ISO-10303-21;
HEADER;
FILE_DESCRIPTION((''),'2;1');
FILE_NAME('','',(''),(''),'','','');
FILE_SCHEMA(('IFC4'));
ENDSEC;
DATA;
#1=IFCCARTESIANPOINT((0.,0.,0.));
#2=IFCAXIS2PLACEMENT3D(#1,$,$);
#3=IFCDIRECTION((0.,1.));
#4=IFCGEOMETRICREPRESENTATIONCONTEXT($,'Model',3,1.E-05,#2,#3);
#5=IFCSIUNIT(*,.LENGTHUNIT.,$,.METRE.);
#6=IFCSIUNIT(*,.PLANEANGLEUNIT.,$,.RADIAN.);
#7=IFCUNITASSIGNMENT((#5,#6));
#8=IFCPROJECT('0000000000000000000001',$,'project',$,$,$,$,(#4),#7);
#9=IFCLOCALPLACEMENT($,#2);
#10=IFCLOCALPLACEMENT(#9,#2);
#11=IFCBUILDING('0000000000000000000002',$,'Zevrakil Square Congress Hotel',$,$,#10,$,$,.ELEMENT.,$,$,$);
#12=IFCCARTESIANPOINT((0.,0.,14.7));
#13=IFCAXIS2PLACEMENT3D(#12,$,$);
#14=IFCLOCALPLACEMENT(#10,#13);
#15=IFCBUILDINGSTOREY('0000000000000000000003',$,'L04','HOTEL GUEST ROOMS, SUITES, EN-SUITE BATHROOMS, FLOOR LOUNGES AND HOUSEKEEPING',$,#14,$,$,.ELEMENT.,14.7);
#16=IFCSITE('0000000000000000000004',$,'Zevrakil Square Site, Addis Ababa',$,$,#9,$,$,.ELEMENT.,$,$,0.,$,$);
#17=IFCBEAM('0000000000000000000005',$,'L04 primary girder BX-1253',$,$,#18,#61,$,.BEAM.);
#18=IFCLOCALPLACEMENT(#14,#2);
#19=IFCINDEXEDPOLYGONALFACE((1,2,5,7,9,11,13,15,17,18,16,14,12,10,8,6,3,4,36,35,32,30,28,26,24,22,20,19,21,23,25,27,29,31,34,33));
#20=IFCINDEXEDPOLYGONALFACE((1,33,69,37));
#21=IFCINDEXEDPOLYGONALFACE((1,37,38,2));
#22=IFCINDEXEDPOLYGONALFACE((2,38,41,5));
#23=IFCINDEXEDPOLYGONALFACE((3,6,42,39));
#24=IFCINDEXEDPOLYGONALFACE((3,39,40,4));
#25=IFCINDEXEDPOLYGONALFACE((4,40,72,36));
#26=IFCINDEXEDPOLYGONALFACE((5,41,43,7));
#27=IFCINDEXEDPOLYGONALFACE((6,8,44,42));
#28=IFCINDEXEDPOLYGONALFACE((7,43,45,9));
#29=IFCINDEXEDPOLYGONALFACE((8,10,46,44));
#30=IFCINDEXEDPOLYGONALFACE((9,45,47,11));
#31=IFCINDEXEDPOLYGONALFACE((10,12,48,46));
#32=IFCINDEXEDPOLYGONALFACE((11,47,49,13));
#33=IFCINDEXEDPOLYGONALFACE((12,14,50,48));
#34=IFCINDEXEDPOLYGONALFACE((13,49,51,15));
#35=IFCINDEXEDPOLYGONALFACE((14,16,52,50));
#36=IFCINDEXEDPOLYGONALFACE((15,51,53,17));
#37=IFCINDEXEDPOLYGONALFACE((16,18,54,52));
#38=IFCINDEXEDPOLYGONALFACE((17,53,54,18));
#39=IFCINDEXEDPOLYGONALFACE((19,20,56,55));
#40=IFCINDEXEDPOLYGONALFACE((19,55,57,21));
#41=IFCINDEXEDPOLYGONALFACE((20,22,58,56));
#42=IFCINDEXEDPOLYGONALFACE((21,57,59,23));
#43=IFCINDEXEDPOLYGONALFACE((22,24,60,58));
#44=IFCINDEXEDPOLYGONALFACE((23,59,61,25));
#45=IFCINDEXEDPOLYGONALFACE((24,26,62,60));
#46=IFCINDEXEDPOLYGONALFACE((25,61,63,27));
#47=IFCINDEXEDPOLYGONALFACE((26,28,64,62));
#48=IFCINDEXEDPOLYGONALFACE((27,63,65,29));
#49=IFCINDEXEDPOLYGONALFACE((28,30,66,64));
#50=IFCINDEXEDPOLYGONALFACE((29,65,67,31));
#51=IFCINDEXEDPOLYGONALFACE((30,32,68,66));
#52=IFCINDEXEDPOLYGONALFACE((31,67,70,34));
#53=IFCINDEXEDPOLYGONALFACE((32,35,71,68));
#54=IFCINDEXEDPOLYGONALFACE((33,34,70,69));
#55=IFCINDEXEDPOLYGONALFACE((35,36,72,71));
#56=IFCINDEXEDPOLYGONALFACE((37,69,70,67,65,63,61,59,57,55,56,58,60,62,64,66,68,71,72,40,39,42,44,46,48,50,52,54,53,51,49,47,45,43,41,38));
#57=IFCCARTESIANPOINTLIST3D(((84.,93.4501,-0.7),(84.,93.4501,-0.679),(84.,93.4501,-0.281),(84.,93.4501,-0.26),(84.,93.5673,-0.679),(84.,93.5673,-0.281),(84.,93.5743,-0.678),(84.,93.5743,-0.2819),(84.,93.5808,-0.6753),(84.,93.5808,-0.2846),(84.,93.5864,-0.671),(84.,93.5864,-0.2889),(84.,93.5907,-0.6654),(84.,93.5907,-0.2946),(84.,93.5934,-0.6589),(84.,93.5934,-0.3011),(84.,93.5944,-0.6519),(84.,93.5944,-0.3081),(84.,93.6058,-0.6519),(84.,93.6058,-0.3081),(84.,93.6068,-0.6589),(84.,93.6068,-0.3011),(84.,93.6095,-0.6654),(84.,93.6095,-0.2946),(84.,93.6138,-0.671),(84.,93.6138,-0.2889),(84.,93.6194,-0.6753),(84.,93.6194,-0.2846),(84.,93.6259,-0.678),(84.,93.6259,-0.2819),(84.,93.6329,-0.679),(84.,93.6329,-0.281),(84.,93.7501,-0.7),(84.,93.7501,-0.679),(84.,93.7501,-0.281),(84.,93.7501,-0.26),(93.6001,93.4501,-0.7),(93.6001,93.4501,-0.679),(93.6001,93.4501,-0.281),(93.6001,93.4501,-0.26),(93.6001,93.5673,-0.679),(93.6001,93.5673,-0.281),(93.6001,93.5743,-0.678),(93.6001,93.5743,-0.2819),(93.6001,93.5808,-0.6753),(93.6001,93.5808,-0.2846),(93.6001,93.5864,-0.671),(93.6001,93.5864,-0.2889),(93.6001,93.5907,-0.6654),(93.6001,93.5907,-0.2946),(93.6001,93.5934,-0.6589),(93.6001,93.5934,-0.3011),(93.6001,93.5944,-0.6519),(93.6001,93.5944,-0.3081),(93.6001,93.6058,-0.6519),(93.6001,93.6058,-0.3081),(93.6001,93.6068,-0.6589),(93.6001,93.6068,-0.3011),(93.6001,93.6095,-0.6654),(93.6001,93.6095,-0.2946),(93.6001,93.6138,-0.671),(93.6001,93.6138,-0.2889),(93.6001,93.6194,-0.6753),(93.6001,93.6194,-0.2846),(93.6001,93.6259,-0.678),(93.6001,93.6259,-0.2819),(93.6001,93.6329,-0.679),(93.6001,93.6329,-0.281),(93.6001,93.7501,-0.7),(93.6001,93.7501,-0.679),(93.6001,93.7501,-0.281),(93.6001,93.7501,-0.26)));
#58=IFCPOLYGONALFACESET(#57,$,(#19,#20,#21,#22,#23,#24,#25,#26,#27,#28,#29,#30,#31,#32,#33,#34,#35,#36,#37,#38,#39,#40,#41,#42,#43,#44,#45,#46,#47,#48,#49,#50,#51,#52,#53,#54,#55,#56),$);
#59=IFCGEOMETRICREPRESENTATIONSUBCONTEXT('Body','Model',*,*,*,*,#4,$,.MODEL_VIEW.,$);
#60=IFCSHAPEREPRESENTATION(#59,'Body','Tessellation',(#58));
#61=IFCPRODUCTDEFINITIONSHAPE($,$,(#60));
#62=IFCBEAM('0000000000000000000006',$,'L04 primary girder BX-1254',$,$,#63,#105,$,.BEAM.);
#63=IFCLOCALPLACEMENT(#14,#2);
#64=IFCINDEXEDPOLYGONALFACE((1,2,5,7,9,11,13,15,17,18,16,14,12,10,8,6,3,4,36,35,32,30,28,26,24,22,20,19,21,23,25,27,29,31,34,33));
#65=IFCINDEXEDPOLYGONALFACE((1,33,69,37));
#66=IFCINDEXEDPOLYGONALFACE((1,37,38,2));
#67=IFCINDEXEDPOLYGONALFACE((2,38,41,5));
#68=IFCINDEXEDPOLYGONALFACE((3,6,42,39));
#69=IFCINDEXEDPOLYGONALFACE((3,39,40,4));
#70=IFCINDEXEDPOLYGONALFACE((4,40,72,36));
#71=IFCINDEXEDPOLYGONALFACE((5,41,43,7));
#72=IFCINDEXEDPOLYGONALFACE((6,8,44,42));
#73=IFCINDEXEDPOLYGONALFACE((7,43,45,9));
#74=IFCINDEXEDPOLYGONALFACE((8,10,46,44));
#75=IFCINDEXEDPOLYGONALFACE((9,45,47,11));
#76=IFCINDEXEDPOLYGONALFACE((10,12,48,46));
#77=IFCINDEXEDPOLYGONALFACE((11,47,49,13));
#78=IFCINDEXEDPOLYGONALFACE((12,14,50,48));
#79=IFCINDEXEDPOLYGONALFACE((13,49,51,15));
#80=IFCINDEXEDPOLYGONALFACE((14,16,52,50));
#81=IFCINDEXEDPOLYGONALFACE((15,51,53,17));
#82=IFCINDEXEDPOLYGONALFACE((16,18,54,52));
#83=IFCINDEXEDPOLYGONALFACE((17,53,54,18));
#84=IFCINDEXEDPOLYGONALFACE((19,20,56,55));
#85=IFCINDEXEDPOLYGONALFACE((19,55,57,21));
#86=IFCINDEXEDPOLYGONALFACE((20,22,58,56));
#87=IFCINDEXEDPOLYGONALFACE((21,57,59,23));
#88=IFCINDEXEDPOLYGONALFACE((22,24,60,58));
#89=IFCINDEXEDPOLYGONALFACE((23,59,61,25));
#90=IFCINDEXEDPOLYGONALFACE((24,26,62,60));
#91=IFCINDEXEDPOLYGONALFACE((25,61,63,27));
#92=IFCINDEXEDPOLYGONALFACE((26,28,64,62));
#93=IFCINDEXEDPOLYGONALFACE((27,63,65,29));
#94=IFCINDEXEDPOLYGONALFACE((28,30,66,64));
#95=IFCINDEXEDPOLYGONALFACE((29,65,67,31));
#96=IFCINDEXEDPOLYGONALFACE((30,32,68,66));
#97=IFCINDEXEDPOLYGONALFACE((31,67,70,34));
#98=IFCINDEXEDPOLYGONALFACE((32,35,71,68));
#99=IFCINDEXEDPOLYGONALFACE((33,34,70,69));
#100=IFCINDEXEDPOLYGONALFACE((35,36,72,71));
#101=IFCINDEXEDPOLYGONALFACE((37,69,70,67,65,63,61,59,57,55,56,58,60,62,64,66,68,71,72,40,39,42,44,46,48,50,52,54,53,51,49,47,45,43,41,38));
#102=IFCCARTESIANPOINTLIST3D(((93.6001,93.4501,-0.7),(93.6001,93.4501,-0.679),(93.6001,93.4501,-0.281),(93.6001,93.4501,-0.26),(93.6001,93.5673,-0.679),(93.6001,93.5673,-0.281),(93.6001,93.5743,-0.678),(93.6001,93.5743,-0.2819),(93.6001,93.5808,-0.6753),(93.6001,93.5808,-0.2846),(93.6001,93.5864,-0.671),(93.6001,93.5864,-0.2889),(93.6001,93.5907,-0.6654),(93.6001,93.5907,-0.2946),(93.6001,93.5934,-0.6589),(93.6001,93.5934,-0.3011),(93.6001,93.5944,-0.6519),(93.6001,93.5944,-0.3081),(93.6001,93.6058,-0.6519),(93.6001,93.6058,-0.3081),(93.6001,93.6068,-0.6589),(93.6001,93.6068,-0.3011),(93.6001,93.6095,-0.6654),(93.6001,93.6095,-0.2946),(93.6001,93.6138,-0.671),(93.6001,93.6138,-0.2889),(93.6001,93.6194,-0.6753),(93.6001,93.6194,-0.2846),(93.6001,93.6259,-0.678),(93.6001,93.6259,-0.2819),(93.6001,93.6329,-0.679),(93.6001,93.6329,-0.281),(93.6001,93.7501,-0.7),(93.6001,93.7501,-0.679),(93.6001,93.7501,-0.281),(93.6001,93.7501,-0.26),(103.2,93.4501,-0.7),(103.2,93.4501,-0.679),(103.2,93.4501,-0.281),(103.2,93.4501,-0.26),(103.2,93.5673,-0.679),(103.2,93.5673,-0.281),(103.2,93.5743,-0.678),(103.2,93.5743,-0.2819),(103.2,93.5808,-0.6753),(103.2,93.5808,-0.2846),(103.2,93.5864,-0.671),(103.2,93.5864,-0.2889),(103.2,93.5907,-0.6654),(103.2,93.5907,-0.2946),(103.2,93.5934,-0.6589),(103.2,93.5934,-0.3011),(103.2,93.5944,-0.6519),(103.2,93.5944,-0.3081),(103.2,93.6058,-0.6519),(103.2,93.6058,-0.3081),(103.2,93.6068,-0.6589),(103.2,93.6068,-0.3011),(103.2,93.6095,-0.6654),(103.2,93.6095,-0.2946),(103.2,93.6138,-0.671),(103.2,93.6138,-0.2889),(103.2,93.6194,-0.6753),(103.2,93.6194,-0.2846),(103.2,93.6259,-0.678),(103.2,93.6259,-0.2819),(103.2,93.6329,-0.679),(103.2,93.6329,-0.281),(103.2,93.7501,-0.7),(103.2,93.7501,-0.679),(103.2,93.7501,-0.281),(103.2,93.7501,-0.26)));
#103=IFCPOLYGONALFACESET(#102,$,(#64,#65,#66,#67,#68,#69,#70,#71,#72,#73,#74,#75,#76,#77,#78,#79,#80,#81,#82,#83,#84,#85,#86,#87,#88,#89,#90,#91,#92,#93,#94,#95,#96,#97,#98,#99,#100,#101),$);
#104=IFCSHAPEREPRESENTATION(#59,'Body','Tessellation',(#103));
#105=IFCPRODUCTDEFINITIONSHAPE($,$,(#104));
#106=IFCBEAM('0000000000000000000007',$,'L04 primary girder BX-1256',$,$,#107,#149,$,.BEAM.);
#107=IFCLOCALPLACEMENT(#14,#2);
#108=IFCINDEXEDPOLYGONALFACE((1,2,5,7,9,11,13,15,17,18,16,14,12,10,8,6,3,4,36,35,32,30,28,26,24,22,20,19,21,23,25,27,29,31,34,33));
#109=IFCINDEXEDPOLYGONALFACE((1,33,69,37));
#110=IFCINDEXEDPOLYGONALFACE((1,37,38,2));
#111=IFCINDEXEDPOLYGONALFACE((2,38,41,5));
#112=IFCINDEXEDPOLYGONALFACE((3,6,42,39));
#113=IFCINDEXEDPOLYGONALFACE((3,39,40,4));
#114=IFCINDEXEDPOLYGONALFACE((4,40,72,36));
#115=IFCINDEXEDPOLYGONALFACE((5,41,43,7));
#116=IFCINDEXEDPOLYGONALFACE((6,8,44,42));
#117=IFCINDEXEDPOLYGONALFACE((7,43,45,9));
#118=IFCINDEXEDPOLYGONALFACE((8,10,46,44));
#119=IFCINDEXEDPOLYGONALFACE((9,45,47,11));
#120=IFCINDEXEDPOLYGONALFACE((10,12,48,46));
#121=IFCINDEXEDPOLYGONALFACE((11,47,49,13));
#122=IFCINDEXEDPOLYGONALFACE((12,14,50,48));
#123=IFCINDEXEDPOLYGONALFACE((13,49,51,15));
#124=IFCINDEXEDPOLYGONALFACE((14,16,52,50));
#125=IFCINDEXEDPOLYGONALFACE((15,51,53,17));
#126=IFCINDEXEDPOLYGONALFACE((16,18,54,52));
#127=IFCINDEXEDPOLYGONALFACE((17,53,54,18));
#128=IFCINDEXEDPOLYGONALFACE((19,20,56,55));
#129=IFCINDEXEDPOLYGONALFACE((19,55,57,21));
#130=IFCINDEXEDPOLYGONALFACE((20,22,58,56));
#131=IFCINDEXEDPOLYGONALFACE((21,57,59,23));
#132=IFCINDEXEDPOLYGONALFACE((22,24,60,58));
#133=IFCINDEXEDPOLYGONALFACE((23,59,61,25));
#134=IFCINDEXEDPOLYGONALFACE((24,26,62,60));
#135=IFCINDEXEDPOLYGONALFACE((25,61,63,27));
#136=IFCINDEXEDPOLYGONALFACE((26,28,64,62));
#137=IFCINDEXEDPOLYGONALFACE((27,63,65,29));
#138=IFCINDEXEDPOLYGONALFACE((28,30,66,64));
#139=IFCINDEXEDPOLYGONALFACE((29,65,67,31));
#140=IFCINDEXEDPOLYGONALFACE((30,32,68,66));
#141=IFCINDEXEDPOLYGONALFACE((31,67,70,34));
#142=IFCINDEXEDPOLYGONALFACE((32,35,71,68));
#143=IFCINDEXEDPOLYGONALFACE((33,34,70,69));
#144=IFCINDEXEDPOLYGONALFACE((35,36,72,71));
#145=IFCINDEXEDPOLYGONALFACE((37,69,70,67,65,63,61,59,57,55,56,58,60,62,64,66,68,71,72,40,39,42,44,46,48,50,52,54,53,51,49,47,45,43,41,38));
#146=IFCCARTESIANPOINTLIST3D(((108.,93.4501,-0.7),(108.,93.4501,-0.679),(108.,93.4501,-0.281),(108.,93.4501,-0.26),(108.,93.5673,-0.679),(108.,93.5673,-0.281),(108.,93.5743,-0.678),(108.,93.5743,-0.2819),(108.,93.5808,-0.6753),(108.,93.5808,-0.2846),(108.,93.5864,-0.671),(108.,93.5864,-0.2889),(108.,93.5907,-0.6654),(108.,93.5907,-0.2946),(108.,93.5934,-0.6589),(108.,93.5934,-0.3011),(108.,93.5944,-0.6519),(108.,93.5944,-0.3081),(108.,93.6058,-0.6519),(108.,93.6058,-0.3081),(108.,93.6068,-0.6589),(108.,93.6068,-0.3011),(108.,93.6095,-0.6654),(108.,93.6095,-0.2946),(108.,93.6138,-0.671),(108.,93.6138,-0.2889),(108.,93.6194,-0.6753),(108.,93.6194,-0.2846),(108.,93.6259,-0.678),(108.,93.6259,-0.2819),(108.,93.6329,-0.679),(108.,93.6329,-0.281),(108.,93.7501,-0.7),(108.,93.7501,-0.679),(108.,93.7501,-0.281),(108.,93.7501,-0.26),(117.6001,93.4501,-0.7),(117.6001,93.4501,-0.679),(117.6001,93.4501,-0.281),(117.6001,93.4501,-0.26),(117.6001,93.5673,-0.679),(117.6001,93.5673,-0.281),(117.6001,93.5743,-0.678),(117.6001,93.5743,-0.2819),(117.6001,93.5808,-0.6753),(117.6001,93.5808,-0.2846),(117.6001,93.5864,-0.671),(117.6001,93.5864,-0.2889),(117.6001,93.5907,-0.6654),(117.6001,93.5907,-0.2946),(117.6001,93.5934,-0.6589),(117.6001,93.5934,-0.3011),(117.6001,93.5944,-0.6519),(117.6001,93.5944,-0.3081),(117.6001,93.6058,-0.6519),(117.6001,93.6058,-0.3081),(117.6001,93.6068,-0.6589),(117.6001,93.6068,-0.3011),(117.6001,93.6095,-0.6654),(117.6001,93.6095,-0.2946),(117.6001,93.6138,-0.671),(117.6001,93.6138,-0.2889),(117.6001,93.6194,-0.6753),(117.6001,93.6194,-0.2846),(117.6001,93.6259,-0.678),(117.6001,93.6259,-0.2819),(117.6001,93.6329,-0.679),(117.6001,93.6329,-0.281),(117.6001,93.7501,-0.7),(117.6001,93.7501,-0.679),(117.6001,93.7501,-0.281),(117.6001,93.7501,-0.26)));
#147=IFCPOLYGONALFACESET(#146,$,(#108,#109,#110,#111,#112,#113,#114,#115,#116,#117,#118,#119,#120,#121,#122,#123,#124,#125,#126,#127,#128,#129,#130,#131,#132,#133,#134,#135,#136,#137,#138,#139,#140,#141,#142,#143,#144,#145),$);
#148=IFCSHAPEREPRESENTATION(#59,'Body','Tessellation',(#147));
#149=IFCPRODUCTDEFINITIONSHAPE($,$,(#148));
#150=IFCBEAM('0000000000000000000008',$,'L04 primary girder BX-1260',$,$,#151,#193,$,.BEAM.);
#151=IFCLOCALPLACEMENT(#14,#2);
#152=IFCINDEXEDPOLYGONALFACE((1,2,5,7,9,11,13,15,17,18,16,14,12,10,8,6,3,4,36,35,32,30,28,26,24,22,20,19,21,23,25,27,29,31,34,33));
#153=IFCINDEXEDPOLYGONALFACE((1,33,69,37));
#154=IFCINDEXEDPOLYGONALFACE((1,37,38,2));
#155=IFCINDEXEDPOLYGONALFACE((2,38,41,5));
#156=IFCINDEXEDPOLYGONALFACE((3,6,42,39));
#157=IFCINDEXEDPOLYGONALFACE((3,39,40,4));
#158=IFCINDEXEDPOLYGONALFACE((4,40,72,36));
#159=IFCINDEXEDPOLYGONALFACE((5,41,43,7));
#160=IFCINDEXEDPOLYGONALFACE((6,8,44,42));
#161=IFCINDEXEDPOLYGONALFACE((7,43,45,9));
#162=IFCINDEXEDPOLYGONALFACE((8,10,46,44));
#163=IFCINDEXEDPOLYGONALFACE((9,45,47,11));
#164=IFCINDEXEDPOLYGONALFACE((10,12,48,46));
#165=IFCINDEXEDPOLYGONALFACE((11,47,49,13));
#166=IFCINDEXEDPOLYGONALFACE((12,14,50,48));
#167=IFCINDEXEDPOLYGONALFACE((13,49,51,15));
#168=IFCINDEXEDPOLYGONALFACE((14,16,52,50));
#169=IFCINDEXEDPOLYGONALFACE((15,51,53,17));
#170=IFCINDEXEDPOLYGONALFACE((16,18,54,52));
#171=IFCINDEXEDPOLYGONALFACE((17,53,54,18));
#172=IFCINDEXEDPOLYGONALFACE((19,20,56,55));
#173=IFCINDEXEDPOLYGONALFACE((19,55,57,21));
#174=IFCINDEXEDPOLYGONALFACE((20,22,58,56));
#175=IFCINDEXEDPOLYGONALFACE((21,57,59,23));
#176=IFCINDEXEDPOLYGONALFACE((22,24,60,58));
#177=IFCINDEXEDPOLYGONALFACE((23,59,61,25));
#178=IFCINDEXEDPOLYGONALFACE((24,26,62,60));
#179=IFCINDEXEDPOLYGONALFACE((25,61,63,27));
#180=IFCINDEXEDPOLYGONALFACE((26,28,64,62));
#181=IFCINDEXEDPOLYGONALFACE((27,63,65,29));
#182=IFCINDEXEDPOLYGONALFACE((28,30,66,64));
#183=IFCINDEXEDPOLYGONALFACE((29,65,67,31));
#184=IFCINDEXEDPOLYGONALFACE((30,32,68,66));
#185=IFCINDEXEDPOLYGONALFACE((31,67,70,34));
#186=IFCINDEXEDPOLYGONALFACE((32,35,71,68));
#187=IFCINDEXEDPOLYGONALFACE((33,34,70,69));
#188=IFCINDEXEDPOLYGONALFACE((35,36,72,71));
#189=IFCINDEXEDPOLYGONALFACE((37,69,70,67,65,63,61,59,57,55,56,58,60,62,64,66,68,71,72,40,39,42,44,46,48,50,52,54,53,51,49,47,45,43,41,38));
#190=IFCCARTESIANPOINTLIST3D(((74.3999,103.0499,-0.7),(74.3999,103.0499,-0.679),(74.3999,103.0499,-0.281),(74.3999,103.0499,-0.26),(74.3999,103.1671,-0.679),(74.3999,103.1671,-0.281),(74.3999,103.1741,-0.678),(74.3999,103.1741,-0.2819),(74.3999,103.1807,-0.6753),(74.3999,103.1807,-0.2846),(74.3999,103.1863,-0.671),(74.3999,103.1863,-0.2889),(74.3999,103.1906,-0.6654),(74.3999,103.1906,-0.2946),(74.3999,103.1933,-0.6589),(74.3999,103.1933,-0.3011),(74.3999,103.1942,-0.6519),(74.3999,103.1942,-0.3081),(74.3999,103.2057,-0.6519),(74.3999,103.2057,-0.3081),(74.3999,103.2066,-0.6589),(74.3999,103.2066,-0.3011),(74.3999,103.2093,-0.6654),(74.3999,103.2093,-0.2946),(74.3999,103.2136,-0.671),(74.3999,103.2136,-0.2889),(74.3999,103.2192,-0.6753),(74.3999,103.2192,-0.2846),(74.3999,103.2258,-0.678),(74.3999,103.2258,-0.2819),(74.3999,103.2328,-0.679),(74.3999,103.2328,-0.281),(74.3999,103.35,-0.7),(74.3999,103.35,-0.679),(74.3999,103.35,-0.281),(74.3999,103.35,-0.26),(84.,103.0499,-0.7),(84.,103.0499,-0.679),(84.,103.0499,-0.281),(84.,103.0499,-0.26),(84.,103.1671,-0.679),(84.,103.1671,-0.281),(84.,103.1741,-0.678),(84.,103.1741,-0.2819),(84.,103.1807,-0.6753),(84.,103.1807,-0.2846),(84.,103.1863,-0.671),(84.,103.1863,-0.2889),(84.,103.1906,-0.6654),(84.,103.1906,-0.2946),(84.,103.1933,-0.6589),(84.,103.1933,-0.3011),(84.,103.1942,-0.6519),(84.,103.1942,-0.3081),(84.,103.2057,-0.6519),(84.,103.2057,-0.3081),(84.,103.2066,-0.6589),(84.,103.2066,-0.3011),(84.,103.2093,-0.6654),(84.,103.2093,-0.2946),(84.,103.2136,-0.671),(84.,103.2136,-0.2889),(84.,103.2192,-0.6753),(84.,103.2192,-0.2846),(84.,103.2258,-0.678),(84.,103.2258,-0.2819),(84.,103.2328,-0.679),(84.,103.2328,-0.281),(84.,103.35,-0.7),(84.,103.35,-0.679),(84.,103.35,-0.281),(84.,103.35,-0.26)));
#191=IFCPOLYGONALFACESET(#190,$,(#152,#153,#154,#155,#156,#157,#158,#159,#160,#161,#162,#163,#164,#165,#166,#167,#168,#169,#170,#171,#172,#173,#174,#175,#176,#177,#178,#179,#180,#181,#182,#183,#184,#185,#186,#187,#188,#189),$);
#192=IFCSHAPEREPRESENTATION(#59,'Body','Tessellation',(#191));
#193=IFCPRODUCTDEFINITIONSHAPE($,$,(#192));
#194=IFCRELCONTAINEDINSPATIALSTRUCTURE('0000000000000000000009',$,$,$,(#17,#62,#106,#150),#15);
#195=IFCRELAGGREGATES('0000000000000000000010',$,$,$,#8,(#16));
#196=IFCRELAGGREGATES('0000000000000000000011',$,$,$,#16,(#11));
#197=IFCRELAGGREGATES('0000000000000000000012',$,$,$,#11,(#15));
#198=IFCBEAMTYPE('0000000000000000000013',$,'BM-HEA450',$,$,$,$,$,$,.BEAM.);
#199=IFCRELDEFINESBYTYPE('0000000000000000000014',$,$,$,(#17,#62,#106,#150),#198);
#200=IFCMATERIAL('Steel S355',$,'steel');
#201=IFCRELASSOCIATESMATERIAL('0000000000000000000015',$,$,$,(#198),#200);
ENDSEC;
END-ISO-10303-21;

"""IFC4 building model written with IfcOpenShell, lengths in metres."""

from ifc_helpers import new_model, si_unit, direction, frame, origin, origin_2d, place, context, subcontext, project, spatial, i_section, extrude, material, material_profile, profile_set, type_object, element, save


model = new_model("IFC4")

# Units and contexts
model_context = context("Model", 3, precision=1e-05, world=origin(), true_north=direction((0.0, 1.0)))
body_context = subcontext(model_context, "Body", "Model", "MODEL_VIEW")
ifc_project = project(units=[si_unit("LENGTHUNIT", "METRE"), si_unit("PLANEANGLEUNIT", "RADIAN")], contexts=[model_context])

# Site, building, storey
site_placement = place(None, origin())
site = spatial("IfcSite", under=ifc_project, at=site_placement, Name="Zevrakil Square Site, Addis Ababa", CompositionType="ELEMENT", RefElevation=0.0)
building_placement = place(site_placement, origin())
building = spatial("IfcBuilding", under=site, at=building_placement, Name="Zevrakil Square Congress Hotel", CompositionType="ELEMENT")
storey_placement = place(building_placement, frame((0.0, 0.0, 14.7)))
storey = spatial("IfcBuildingStorey", under=building, at=storey_placement, Name="L04", Description="HOTEL GUEST ROOMS, SUITES, EN-SUITE BATHROOMS, FLOOR LOUNGES AND HOUSEKEEPING", CompositionType="ELEMENT", Elevation=14.7)

# Beams
ifc_material_1 = material(Name="Steel S355", Category="steel")
ifc_material_profile_1 = material_profile(ifc_material_1, i_section(OverallWidth=0.3, OverallDepth=0.4399, WebThickness=0.0115, FlangeThickness=0.021, FilletRadius=0.0271, at=origin_2d()), Name="HEA 450")
ifc_profile_set_1 = profile_set([ifc_material_profile_1], Name="Steel S355")
beam_type_1 = type_object("IfcBeamType", Name="BM-HEA450", PredefinedType="BEAM", material=ifc_profile_set_1)
for number, where, z_axis, x_axis, name in (
    (1, (84.0, 93.6001, -0.48), (1.0, 0.0, 0.0), (0.0, 1.0, 0.0), "L04 primary girder BX-1253"),
):
    element("IfcBeam", number, at=place(storey_placement, frame(where, z_axis=z_axis, x_axis=x_axis)), inside=storey, type_object=beam_type_1, Name=name, PredefinedType="BEAM", context=body_context, shape_type="SweptSolid", body=[
        extrude(i_section(OverallWidth=0.3, OverallDepth=0.4399, WebThickness=0.0115, FlangeThickness=0.021, FilletRadius=0.0271, at=origin_2d()), origin(), (0.0, 0.0, 1.0), 9.6001),
    ])
beam_1_placement = place(storey_placement, frame((93.6001, 93.6001, -0.48), z_axis=(1.0, 0.0, 0.0), x_axis=(0.0, 1.0, 0.0)))
element("IfcBeam", 2, at=beam_1_placement, inside=storey, type_object=beam_type_1, Name="L04 primary girder BX-1254", PredefinedType="BEAM", context=body_context, shape_type="SweptSolid", body=[
    extrude(i_section(OverallWidth=0.3, OverallDepth=0.4399, WebThickness=0.0115, FlangeThickness=0.021, FilletRadius=0.0271, at=origin_2d()), origin(), (0.0, 0.0, 1.0), 9.5999),
])
for number, where, z_axis, x_axis, name in (
    (3, (108.0, 93.6001, -0.48), (1.0, 0.0, 0.0), (0.0, 1.0, 0.0), "L04 primary girder BX-1256"),
    (4, (74.3999, 103.2, -0.48), (1.0, 0.0, 0.0), (0.0, 1.0, 0.0), "L04 primary girder BX-1260"),
):
    element("IfcBeam", number, at=place(storey_placement, frame(where, z_axis=z_axis, x_axis=x_axis)), inside=storey, type_object=beam_type_1, Name=name, PredefinedType="BEAM", context=body_context, shape_type="SweptSolid", body=[
        extrude(i_section(OverallWidth=0.3, OverallDepth=0.4399, WebThickness=0.0115, FlangeThickness=0.021, FilletRadius=0.0271, at=origin_2d()), origin(), (0.0, 0.0, 1.0), 9.6001),
    ])

save(model, "model.ifc")
